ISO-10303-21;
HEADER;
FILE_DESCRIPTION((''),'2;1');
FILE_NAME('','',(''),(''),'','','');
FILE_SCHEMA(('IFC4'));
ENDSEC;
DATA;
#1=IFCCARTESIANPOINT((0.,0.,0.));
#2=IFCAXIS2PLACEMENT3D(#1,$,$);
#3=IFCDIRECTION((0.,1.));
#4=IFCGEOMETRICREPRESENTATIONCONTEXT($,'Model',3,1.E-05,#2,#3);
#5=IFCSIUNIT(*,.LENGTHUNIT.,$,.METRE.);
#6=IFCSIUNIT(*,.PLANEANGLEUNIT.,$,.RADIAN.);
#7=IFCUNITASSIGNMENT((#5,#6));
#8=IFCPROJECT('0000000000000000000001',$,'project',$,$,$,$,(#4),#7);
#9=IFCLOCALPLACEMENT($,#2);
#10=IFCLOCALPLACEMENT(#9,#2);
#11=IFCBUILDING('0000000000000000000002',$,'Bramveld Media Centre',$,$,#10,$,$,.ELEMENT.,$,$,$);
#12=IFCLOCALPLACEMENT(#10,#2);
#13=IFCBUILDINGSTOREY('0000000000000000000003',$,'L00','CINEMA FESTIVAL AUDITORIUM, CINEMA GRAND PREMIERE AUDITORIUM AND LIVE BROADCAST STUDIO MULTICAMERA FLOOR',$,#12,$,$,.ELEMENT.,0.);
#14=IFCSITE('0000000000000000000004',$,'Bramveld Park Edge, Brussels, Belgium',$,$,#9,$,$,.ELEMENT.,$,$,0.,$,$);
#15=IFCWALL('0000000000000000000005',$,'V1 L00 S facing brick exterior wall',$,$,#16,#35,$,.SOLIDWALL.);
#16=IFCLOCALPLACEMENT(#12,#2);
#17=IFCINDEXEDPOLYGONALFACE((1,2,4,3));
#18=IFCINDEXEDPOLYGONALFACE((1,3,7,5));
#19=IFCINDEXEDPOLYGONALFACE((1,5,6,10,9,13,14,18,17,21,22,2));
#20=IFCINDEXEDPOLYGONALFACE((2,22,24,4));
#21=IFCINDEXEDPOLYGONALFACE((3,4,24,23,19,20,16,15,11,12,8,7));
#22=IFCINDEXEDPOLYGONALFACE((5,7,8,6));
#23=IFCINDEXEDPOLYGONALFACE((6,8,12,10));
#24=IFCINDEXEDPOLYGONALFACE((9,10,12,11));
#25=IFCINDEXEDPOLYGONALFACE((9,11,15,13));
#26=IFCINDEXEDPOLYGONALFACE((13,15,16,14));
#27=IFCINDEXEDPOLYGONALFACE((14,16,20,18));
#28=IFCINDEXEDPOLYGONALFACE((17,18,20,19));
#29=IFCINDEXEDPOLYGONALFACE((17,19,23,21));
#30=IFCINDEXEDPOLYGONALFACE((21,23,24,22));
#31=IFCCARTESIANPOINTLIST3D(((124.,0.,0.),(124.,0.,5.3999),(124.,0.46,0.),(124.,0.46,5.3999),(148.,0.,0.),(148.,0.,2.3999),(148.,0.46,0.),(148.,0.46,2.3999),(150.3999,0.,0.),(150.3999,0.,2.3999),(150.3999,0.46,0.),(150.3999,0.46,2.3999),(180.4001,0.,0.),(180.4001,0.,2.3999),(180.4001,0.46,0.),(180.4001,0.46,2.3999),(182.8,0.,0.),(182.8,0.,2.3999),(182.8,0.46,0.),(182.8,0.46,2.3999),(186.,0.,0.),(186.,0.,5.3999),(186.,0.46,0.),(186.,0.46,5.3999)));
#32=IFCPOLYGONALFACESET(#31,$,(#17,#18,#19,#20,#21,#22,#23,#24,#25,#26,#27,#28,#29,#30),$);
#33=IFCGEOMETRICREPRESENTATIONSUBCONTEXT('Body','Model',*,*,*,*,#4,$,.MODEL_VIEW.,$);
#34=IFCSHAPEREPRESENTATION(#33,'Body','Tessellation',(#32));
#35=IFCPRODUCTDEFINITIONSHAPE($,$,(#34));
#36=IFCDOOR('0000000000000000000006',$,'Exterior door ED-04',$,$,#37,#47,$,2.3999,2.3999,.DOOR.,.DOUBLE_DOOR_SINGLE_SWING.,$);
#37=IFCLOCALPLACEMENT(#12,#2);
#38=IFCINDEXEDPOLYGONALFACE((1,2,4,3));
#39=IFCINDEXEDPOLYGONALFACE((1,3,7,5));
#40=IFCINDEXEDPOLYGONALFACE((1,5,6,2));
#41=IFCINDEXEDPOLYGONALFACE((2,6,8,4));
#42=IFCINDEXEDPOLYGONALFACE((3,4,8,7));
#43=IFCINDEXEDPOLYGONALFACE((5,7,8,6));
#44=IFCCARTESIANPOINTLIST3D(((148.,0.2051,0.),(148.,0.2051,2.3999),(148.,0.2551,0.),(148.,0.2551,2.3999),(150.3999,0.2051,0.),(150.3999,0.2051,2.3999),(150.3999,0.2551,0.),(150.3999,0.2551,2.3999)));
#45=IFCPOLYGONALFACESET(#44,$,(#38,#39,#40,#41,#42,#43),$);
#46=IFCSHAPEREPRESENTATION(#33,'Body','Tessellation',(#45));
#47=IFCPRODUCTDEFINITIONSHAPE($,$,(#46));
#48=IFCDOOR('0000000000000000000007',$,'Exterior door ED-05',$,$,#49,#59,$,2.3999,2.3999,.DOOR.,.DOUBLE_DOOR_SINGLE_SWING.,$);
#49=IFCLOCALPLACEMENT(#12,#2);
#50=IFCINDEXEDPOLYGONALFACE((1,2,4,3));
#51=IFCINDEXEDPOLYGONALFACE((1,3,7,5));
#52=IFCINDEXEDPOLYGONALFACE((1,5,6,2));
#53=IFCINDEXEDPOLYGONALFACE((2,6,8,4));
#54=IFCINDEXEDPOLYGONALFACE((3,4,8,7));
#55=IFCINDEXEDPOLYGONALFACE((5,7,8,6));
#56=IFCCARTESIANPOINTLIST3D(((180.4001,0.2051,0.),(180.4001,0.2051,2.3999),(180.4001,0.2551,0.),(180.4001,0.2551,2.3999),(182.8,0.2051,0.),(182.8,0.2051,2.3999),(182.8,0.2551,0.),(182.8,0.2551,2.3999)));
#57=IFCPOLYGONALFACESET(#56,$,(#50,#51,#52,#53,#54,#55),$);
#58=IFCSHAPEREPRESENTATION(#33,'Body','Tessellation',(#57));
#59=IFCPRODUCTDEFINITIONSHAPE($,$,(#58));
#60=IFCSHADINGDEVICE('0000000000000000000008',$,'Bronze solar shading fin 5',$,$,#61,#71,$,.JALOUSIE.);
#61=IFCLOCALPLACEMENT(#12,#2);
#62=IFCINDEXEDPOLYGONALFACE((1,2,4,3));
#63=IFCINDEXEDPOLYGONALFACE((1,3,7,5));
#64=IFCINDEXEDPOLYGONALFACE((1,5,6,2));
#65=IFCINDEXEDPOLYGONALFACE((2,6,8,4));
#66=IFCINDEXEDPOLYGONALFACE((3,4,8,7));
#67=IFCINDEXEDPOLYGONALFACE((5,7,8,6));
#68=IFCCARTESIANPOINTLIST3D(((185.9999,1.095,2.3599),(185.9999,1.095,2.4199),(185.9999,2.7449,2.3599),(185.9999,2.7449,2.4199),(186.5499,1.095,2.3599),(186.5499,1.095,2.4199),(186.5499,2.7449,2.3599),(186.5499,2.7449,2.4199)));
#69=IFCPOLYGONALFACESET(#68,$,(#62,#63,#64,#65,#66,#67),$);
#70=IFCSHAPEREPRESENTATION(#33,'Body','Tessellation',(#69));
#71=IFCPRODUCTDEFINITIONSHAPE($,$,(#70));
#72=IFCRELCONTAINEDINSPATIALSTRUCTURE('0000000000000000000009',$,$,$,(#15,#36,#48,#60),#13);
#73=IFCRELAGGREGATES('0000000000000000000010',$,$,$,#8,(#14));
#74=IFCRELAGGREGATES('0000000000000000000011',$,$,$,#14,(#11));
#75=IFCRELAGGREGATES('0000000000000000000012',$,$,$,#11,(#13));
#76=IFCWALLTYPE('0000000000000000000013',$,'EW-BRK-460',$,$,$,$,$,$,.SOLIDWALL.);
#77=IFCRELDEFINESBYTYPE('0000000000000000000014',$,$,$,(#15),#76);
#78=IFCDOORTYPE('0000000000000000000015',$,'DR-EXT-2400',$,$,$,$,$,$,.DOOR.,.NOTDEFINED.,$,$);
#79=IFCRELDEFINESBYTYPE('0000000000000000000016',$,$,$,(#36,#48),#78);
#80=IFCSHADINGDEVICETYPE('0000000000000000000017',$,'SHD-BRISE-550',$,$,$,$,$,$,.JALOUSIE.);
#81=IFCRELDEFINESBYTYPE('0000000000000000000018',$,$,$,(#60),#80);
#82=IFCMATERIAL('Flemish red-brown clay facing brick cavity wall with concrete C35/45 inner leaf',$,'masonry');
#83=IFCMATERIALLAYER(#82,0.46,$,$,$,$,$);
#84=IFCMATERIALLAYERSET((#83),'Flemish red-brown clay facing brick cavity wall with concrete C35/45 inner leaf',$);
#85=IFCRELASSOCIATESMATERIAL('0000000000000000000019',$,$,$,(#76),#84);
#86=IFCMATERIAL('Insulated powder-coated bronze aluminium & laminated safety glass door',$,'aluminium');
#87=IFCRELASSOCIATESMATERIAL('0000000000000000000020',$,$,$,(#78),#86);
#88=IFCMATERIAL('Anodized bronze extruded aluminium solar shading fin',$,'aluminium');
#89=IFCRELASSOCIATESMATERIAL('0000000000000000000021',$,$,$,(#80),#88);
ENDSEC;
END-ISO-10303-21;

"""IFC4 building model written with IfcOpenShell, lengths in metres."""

from ifc_helpers import new_model, si_unit, direction, frame, frame_2d, origin, origin_2d, place, context, subcontext, project, spatial, rectangle, extrude, material, layer, layer_set, type_object, element, fill, save


model = new_model("IFC4")

# Units and contexts
model_context = context("Model", 3, precision=1e-05, world=origin(), true_north=direction((0.0, 1.0)))
body_context = subcontext(model_context, "Body", "Model", "MODEL_VIEW")
ifc_project = project(units=[si_unit("LENGTHUNIT", "METRE"), si_unit("PLANEANGLEUNIT", "RADIAN")], contexts=[model_context])

# Site, building, storey
site_placement = place(None, origin())
site = spatial("IfcSite", under=ifc_project, at=site_placement, Name="Bramveld Park Edge, Brussels, Belgium", CompositionType="ELEMENT", RefElevation=0.0)
building_placement = place(site_placement, origin())
building = spatial("IfcBuilding", under=site, at=building_placement, Name="Bramveld Media Centre", CompositionType="ELEMENT")
storey_placement = place(building_placement, origin())
storey = spatial("IfcBuildingStorey", under=building, at=storey_placement, Name="L00", Description="CINEMA FESTIVAL AUDITORIUM, CINEMA GRAND PREMIERE AUDITORIUM AND LIVE BROADCAST STUDIO MULTICAMERA FLOOR", CompositionType="ELEMENT", Elevation=0.0)

# Wall, openings, doors
ifc_material_1 = material(Name="Flemish red-brown clay facing brick cavity wall with concrete C35/45 inner leaf", Category="masonry")
ifc_layer_1 = layer(ifc_material_1, 0.46)
ifc_layer_set_1 = layer_set([ifc_layer_1], Name="Flemish red-brown clay facing brick cavity wall with concrete C35/45 inner leaf")
wall_type = type_object("IfcWallType", Name="EW-BRK-460", PredefinedType="SOLIDWALL", material=ifc_layer_set_1)
wall_placement = place(storey_placement, frame((186.0, 0.23, 0.0), z_axis=(0.0, 0.0, 1.0), x_axis=(-1.0, 0.0, 0.0)))
wall = element("IfcWall", 1, at=wall_placement, inside=storey, type_object=wall_type, Name="V1 L00 S facing brick exterior wall", PredefinedType="SOLIDWALL", context=body_context, shape_type="SweptSolid", body=[
    extrude(rectangle(XDim=62.0, YDim=0.46, at=frame_2d((31.0, 0.0))), origin(), (0.0, 0.0, 1.0), 5.3999),
])
opening_1_placement = place(wall_placement, frame((35.6001, 0.0, 0.0)))
opening_1 = element("IfcOpeningElement", 2, at=opening_1_placement, cuts=wall, PredefinedType="OPENING", context=body_context, shape_type="SweptSolid", body=[
    extrude(rectangle(XDim=2.3999, YDim=2.3999, at=frame_2d((1.2, 1.2))), frame((0.0, 0.2419, 0.0), z_axis=(0.0, -1.0, 0.0), x_axis=(1.0, 0.0, 0.0)), (0.0, 0.0, 1.0), 0.4839),
])
opening_2_placement = place(wall_placement, frame((3.2, 0.0, 0.0)))
opening_2 = element("IfcOpeningElement", 3, at=opening_2_placement, cuts=wall, PredefinedType="OPENING", context=body_context, shape_type="SweptSolid", body=[
    extrude(rectangle(XDim=2.3999, YDim=2.3999, at=frame_2d((1.2, 1.2))), frame((0.0, 0.2419, 0.0), z_axis=(0.0, -1.0, 0.0), x_axis=(1.0, 0.0, 0.0)), (0.0, 0.0, 1.0), 0.4839),
])
ifc_material_2 = material(Name="Insulated powder-coated bronze aluminium & laminated safety glass door", Category="aluminium")
door_type = type_object("IfcDoorType", Name="DR-EXT-2400", OperationType="NOTDEFINED", PredefinedType="DOOR", material=ifc_material_2)
door_1_placement = place(opening_1_placement, origin())
door_1 = element("IfcDoor", 4, at=door_1_placement, inside=storey, type_object=door_type, Name="Exterior door ED-04", OperationType="DOUBLE_DOOR_SINGLE_SWING", OverallHeight=2.3999, OverallWidth=2.3999, PredefinedType="DOOR", context=body_context, shape_type="SweptSolid", body=[
    extrude(rectangle(XDim=2.3999, YDim=2.3999, at=frame_2d((1.2, 1.2))), frame((0.0, 0.0249, 0.0), z_axis=(0.0, -1.0, 0.0), x_axis=(1.0, 0.0, 0.0)), (0.0, 0.0, 1.0), 0.05),
])
fill(opening_1, door_1)
door_2_placement = place(opening_2_placement, origin())
door_2 = element("IfcDoor", 5, at=door_2_placement, inside=storey, type_object=door_type, Name="Exterior door ED-05", OperationType="DOUBLE_DOOR_SINGLE_SWING", OverallHeight=2.3999, OverallWidth=2.3999, PredefinedType="DOOR", context=body_context, shape_type="SweptSolid", body=[
    extrude(rectangle(XDim=2.3999, YDim=2.3999, at=frame_2d((1.2, 1.2))), frame((0.0, 0.0249, 0.0), z_axis=(0.0, -1.0, 0.0), x_axis=(1.0, 0.0, 0.0)), (0.0, 0.0, 1.0), 0.05),
])
fill(opening_2, door_2)

# Shading device
ifc_material_3 = material(Name="Anodized bronze extruded aluminium solar shading fin", Category="aluminium")
shading_device_type = type_object("IfcShadingDeviceType", Name="SHD-BRISE-550", PredefinedType="JALOUSIE", material=ifc_material_3)
shading_device_placement = place(storey_placement, frame((186.2749, 1.9199, 2.3599), z_axis=(0.0, 0.0, 1.0), x_axis=(1.0, 0.0, 0.0)))
element("IfcShadingDevice", 6, at=shading_device_placement, inside=storey, type_object=shading_device_type, Name="Bronze solar shading fin 5", PredefinedType="JALOUSIE", context=body_context, shape_type="SweptSolid", body=[
    extrude(rectangle(XDim=0.55, YDim=1.6499, at=origin_2d()), origin(), (0.0, 0.0, 1.0), 0.0601),
])

save(model, "model.ifc")
